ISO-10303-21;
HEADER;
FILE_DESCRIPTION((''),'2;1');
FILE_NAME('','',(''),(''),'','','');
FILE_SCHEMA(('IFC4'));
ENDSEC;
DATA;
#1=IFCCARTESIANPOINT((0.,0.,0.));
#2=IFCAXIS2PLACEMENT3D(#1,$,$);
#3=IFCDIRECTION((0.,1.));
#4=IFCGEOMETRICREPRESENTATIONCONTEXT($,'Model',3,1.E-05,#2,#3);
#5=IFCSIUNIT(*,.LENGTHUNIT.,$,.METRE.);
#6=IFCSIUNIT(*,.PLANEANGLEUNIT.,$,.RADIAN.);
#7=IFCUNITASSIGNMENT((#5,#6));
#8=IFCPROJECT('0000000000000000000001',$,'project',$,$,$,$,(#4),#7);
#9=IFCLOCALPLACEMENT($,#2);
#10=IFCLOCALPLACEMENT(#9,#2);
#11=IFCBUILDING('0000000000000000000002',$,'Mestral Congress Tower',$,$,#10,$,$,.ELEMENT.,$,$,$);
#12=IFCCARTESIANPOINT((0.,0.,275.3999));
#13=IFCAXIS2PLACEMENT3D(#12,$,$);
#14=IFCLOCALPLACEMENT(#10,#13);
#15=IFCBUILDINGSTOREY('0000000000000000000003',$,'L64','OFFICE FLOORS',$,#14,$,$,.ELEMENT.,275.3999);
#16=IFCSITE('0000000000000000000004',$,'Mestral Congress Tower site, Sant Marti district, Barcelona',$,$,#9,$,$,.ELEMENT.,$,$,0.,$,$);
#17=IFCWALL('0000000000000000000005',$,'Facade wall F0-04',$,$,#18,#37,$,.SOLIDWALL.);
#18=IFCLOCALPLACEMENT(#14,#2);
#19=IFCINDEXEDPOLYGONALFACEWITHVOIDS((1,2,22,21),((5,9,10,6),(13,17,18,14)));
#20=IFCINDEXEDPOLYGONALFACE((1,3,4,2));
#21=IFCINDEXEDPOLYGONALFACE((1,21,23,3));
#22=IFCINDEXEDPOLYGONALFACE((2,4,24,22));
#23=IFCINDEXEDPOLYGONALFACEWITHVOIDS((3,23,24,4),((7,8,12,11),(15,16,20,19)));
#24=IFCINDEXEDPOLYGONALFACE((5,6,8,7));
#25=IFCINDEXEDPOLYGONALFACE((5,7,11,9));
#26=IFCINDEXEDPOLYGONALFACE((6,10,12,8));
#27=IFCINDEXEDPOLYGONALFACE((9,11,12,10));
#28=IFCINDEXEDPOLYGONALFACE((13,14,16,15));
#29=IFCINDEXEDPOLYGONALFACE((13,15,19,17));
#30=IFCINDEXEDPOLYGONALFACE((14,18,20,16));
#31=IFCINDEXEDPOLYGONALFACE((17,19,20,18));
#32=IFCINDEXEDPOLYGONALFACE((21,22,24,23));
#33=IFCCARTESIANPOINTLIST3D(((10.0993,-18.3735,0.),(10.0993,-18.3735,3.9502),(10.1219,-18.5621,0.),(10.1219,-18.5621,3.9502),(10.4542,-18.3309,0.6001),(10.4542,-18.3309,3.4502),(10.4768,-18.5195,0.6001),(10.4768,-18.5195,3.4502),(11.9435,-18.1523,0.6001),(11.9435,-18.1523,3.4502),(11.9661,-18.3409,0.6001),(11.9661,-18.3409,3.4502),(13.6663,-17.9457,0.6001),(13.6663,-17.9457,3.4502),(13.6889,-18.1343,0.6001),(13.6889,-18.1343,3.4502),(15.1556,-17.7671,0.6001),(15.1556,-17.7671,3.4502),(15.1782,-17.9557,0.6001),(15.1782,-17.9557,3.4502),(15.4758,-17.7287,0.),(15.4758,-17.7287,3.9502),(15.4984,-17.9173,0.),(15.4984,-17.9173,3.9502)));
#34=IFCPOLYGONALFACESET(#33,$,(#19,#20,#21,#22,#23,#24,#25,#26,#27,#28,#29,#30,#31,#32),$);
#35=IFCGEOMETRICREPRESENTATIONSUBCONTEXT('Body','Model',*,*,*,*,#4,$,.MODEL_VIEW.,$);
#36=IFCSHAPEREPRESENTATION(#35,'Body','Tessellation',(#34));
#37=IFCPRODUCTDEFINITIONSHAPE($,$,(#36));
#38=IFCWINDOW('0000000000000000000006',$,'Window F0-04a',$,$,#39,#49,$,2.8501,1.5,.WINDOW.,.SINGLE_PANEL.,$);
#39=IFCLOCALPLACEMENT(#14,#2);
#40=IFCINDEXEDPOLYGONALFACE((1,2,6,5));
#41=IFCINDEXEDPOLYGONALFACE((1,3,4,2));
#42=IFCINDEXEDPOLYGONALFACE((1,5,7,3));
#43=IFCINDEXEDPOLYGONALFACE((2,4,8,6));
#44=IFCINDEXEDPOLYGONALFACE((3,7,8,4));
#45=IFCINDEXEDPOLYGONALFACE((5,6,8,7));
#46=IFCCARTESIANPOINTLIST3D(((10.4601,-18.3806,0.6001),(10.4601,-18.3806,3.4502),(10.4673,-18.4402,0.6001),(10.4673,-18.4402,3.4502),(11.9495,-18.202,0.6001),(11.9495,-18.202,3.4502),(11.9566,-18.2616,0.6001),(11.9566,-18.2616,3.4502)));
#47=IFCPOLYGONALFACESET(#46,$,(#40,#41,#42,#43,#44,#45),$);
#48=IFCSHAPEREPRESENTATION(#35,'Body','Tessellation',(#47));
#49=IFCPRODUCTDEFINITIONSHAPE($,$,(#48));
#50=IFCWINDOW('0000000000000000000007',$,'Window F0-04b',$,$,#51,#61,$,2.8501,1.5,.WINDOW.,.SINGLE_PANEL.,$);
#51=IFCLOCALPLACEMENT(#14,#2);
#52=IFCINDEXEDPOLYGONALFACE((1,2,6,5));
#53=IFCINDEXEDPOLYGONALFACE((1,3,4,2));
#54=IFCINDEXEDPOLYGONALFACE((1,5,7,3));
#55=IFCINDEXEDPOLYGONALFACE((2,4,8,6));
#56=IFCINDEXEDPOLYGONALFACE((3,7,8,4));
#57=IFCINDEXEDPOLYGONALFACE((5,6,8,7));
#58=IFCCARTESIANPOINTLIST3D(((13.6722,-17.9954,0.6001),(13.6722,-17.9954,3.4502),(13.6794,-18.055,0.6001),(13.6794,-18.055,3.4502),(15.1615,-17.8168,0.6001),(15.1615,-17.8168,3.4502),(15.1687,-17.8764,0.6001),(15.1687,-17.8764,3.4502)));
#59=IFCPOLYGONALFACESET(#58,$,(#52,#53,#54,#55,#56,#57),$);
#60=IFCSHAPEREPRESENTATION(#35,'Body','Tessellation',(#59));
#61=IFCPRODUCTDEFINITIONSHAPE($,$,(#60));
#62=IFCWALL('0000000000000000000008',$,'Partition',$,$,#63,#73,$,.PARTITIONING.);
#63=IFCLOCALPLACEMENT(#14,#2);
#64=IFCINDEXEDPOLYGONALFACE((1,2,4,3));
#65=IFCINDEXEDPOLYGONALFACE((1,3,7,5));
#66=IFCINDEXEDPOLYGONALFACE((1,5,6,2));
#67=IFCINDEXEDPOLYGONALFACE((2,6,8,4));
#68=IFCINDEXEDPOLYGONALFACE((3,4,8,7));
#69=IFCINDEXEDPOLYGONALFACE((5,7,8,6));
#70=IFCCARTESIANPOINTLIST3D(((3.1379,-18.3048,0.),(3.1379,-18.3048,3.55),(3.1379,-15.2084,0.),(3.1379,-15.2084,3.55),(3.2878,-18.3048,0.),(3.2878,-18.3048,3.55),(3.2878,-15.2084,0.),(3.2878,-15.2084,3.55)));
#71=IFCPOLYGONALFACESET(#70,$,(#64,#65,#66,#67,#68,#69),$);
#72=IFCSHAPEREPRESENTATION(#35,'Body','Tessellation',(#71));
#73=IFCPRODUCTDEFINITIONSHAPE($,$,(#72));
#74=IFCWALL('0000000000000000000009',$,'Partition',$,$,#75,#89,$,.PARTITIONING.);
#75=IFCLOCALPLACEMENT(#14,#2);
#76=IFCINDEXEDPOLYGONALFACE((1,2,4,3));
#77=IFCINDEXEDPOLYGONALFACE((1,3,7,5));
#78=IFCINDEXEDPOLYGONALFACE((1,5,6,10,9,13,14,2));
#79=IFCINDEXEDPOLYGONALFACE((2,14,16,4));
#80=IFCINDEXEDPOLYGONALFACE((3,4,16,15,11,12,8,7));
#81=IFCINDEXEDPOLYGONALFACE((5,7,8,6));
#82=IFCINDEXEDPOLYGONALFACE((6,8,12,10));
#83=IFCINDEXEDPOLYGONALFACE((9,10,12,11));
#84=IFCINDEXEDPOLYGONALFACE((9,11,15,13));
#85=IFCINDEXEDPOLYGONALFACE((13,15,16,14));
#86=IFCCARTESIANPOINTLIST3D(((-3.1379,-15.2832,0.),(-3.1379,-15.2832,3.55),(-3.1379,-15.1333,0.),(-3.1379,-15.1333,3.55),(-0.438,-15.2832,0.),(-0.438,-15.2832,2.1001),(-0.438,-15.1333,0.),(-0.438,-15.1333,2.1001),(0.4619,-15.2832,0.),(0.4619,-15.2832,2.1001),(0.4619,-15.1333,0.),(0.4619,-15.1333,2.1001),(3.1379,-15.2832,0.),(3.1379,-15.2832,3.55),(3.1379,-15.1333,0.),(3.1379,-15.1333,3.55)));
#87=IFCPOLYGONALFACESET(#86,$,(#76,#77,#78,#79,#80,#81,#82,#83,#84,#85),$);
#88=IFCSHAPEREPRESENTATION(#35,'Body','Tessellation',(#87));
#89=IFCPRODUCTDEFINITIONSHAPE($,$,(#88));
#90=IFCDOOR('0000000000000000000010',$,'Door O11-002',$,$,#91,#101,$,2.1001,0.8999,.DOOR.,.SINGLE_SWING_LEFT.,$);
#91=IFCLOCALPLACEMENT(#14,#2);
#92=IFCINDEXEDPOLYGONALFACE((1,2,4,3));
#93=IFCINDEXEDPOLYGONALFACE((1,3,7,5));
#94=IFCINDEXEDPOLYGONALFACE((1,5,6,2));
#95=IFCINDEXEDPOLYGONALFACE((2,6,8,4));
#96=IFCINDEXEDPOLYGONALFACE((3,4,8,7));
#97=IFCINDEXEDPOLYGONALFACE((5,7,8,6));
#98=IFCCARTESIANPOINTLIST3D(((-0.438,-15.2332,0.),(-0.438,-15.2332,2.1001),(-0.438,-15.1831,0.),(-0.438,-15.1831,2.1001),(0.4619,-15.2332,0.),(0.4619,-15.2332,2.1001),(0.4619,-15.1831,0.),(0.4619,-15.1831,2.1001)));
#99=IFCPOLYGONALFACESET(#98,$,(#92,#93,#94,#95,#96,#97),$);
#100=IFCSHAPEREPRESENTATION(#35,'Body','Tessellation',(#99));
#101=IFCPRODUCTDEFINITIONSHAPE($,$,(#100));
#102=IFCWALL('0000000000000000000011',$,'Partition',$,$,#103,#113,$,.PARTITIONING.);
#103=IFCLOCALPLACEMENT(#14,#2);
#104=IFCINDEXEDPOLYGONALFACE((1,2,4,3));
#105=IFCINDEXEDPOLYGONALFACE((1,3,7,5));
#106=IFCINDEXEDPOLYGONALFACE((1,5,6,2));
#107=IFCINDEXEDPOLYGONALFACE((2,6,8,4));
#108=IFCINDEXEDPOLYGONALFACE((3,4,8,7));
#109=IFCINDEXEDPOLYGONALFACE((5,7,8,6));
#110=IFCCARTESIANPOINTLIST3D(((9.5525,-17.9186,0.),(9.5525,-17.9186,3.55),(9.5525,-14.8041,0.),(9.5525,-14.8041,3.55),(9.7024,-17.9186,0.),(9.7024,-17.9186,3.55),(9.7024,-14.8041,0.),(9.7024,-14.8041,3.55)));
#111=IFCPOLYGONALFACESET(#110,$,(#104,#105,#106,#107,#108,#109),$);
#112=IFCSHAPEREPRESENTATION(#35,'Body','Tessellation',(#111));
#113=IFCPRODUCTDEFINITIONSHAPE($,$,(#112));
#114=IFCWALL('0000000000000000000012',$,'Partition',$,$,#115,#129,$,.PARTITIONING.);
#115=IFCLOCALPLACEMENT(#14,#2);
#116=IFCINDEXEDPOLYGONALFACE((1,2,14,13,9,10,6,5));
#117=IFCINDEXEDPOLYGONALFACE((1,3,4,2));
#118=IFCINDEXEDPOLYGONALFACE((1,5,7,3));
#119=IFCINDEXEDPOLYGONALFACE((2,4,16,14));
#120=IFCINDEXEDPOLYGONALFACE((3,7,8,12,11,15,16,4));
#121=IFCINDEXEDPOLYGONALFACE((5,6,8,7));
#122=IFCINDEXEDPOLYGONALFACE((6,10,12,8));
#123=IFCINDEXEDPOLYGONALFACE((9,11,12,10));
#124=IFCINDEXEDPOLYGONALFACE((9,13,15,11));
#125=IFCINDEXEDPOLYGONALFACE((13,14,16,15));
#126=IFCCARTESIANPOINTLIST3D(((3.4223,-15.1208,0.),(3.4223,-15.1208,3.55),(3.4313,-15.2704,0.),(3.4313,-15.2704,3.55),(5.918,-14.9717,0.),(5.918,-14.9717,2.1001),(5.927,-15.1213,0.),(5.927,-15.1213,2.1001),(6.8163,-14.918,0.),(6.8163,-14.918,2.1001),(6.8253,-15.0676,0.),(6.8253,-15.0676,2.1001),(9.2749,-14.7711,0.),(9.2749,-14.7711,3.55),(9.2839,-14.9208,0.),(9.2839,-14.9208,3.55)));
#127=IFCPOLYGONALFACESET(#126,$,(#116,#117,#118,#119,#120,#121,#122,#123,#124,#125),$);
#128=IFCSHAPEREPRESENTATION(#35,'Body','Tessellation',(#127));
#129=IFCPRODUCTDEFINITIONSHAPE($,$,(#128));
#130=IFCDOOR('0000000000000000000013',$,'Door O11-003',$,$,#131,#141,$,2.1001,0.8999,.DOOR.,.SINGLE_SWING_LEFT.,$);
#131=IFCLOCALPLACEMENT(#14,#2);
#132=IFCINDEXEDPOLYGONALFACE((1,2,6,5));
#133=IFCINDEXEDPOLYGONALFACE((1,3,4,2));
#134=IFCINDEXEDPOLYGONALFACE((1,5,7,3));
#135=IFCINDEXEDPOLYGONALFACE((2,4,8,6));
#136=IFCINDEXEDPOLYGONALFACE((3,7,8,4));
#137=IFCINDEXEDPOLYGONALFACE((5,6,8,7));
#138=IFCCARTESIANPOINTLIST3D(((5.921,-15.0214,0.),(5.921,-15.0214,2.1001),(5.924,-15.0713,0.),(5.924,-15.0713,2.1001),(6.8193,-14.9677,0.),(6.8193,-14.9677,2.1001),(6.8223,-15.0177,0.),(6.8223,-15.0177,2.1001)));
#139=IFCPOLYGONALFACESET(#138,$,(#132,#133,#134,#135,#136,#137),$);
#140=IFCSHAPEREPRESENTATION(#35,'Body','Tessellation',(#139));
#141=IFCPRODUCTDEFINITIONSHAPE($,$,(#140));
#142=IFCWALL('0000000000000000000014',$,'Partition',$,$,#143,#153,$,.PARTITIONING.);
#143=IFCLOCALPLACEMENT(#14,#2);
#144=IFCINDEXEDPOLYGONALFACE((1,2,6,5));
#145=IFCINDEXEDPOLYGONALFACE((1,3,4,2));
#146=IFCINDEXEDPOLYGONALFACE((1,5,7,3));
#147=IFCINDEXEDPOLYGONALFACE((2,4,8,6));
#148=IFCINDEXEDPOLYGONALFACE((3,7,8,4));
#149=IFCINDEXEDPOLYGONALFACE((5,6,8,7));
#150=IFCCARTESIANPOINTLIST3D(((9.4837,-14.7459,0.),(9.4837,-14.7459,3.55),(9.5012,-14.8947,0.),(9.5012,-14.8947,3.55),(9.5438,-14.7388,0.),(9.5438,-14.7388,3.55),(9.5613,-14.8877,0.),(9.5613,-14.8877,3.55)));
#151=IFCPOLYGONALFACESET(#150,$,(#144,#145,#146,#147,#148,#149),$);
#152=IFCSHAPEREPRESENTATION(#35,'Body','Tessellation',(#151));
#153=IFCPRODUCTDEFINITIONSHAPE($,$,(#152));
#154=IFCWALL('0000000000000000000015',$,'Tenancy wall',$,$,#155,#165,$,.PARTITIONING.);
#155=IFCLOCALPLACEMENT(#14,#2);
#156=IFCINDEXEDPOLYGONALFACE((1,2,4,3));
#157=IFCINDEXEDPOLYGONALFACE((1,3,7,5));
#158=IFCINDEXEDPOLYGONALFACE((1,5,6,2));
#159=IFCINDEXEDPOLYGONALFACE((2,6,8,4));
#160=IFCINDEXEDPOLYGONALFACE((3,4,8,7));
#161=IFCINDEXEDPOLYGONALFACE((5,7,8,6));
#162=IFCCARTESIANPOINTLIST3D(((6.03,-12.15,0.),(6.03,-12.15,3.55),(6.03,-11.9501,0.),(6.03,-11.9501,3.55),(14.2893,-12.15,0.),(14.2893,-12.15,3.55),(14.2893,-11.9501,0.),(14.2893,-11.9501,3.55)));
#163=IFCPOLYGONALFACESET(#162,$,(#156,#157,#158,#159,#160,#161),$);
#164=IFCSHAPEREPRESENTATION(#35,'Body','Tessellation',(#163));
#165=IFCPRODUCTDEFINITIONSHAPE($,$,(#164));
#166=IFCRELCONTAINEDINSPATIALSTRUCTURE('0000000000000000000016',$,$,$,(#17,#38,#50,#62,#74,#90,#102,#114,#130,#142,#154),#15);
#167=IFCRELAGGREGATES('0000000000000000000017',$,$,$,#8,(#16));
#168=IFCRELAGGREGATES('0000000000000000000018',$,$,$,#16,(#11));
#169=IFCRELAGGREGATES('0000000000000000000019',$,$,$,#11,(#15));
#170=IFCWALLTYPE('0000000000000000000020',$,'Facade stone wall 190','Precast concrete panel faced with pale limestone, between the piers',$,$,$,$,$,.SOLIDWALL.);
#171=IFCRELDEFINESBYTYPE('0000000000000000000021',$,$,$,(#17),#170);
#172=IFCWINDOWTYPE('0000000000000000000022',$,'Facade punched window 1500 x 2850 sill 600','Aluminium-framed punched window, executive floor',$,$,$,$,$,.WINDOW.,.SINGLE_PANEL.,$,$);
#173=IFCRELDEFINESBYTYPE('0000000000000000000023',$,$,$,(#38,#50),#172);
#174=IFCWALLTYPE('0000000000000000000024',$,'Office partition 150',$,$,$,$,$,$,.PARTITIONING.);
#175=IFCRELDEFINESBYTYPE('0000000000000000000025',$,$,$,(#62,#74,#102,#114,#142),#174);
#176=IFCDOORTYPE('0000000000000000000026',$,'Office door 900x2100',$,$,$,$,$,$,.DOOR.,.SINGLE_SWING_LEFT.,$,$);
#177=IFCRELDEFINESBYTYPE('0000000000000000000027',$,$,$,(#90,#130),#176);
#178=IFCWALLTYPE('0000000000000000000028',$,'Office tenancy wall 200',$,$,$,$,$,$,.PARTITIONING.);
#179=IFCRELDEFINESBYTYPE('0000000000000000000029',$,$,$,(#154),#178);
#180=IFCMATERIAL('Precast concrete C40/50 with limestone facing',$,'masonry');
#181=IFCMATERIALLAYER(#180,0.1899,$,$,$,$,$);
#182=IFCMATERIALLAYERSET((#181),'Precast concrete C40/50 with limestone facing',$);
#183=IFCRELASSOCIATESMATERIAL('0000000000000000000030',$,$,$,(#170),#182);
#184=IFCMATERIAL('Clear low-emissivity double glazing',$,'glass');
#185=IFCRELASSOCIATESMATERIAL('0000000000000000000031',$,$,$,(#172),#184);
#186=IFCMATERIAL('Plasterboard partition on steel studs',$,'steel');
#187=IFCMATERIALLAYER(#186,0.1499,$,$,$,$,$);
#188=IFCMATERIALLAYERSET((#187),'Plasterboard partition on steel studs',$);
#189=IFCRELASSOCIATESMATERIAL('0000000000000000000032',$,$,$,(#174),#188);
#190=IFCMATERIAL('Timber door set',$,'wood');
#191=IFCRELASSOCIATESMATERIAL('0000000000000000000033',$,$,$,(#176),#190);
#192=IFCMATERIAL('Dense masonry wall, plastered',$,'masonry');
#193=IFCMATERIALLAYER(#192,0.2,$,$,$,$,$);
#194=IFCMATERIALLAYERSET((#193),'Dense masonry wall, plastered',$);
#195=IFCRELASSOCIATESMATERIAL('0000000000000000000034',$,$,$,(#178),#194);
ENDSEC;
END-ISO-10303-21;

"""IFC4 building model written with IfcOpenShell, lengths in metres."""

from ifc_helpers import new_model, si_unit, direction, frame, frame_2d, origin, place, context, subcontext, project, spatial, rectangle, extrude, material, layer, layer_set, type_object, element, fill, save


model = new_model("IFC4")

# Units and contexts
model_context = context("Model", 3, precision=1e-05, world=origin(), true_north=direction((0.0, 1.0)))
body_context = subcontext(model_context, "Body", "Model", "MODEL_VIEW")
ifc_project = project(units=[si_unit("LENGTHUNIT", "METRE"), si_unit("PLANEANGLEUNIT", "RADIAN")], contexts=[model_context])

# Site, building, storey
site_placement = place(None, origin())
site = spatial("IfcSite", under=ifc_project, at=site_placement, Name="Mestral Congress Tower site, Sant Marti district, Barcelona", CompositionType="ELEMENT", RefElevation=0.0)
building_placement = place(site_placement, origin())
building = spatial("IfcBuilding", under=site, at=building_placement, Name="Mestral Congress Tower", CompositionType="ELEMENT")
storey_placement = place(building_placement, frame((0.0, 0.0, 275.3999)))
storey = spatial("IfcBuildingStorey", under=building, at=storey_placement, Name="L64", Description="OFFICE FLOORS", CompositionType="ELEMENT", Elevation=275.3999)

# Wall, openings, windows
ifc_material_1 = material(Name="Precast concrete C40/50 with limestone facing", Category="masonry")
ifc_layer_1 = layer(ifc_material_1, 0.1899)
ifc_layer_set_1 = layer_set([ifc_layer_1], Name="Precast concrete C40/50 with limestone facing")
wall_type_1 = type_object("IfcWallType", Name="Facade stone wall 190", Description="Precast concrete panel faced with pale limestone, between the piers", PredefinedType="SOLIDWALL", material=ifc_layer_set_1)
ifc_material_2 = material(Name="Clear low-emissivity double glazing", Category="glass")
window_type = type_object("IfcWindowType", Name="Facade punched window 1500 x 2850 sill 600", Description="Aluminium-framed punched window, executive floor", PartitioningType="SINGLE_PANEL", PredefinedType="WINDOW", material=ifc_material_2)
wall_1_placement = place(storey_placement, frame((10.1106, -18.4678, 0.0), z_axis=(0.0, 0.0, 1.0), x_axis=(0.992886, 0.119072, 0.0)))
wall_1 = element("IfcWall", 1, at=wall_1_placement, inside=storey, type_object=wall_type_1, Name="Facade wall F0-04", PredefinedType="SOLIDWALL", context=body_context, shape_type="SweptSolid", body=[
    extrude(rectangle(XDim=5.415, YDim=0.1899, at=frame_2d((2.7075, 0.0))), origin(), (0.0, 0.0, 1.0), 3.9502),
])
opening_1_placement = place(wall_1_placement, frame((0.3574, 0.0, 0.6001)))
opening_1 = element("IfcOpeningElement", 2, at=opening_1_placement, cuts=wall_1, PredefinedType="OPENING", context=body_context, shape_type="SweptSolid", body=[
    extrude(rectangle(XDim=1.5, YDim=2.8501, at=frame_2d((0.75, 1.425))), frame((0.0, 0.105, 0.0), z_axis=(0.0, -1.0, 0.0), x_axis=(1.0, 0.0, 0.0)), (0.0, 0.0, 1.0), 0.21),
])
opening_2_placement = place(wall_1_placement, frame((3.5925, 0.0, 0.6001)))
opening_2 = element("IfcOpeningElement", 3, at=opening_2_placement, cuts=wall_1, PredefinedType="OPENING", context=body_context, shape_type="SweptSolid", body=[
    extrude(rectangle(XDim=1.5, YDim=2.8501, at=frame_2d((0.75, 1.425))), frame((0.0, 0.105, 0.0), z_axis=(0.0, -1.0, 0.0), x_axis=(1.0, 0.0, 0.0)), (0.0, 0.0, 1.0), 0.21),
])
window_1_placement = place(opening_1_placement, origin())
window_1 = element("IfcWindow", 4, at=window_1_placement, inside=storey, type_object=window_type, Name="Window F0-04a", OverallHeight=2.8501, OverallWidth=1.5, PartitioningType="SINGLE_PANEL", PredefinedType="WINDOW", context=body_context, shape_type="SweptSolid", body=[
    extrude(rectangle(XDim=1.5, YDim=2.8501, at=frame_2d((0.75, 1.425))), frame((0.0, 0.0449, 0.0), z_axis=(0.0, -1.0, 0.0), x_axis=(1.0, 0.0, 0.0)), (0.0, 0.0, 1.0), 0.0601),
])
fill(opening_1, window_1)
window_2_placement = place(opening_2_placement, origin())
window_2 = element("IfcWindow", 5, at=window_2_placement, inside=storey, type_object=window_type, Name="Window F0-04b", OverallHeight=2.8501, OverallWidth=1.5, PartitioningType="SINGLE_PANEL", PredefinedType="WINDOW", context=body_context, shape_type="SweptSolid", body=[
    extrude(rectangle(XDim=1.5, YDim=2.8501, at=frame_2d((0.75, 1.425))), frame((0.0, 0.0449, 0.0), z_axis=(0.0, -1.0, 0.0), x_axis=(1.0, 0.0, 0.0)), (0.0, 0.0, 1.0), 0.0601),
])
fill(opening_2, window_2)

# Wall
ifc_material_3 = material(Name="Plasterboard partition on steel studs", Category="steel")
ifc_layer_2 = layer(ifc_material_3, 0.1499)
ifc_layer_set_2 = layer_set([ifc_layer_2], Name="Plasterboard partition on steel studs")
wall_type_2 = type_object("IfcWallType", Name="Office partition 150", PredefinedType="PARTITIONING", material=ifc_layer_set_2)
wall_2_placement = place(storey_placement, frame((3.2129, -15.2083, 0.0), z_axis=(0.0, 0.0, 1.0), x_axis=(0.0, -1.0, 0.0)))
element("IfcWall", 6, at=wall_2_placement, inside=storey, type_object=wall_type_2, Name="Partition", PredefinedType="PARTITIONING", context=body_context, shape_type="SweptSolid", body=[
    extrude(rectangle(XDim=3.0964, YDim=0.1499, at=frame_2d((1.5483, 0.0))), origin(), (0.0, 0.0, 1.0), 3.55),
])

# Wall, opening, door
wall_3_placement = place(storey_placement, frame((3.1379, -15.2083, 0.0), z_axis=(0.0, 0.0, 1.0), x_axis=(-1.0, 0.0, 0.0)))
wall_3 = element("IfcWall", 7, at=wall_3_placement, inside=storey, type_object=wall_type_2, Name="Partition", PredefinedType="PARTITIONING", context=body_context, shape_type="SweptSolid", body=[
    extrude(rectangle(XDim=6.2759, YDim=0.1499, at=frame_2d((3.1379, 0.0))), origin(), (0.0, 0.0, 1.0), 3.55),
])
opening_3_placement = place(wall_3_placement, frame((2.676, 0.0, 0.0)))
opening_3 = element("IfcOpeningElement", 8, at=opening_3_placement, cuts=wall_3, PredefinedType="OPENING", context=body_context, shape_type="SweptSolid", body=[
    extrude(rectangle(XDim=0.8999, YDim=2.1001, at=frame_2d((0.45, 1.05))), frame((0.0, 0.085, 0.0), z_axis=(0.0, -1.0, 0.0), x_axis=(1.0, 0.0, 0.0)), (0.0, 0.0, 1.0), 0.1699),
])
ifc_material_4 = material(Name="Timber door set", Category="wood")
door_type = type_object("IfcDoorType", Name="Office door 900x2100", OperationType="SINGLE_SWING_LEFT", PredefinedType="DOOR", material=ifc_material_4)
door_1_placement = place(opening_3_placement, origin())
door_1 = element("IfcDoor", 9, at=door_1_placement, inside=storey, type_object=door_type, Name="Door O11-002", OperationType="SINGLE_SWING_LEFT", OverallHeight=2.1001, OverallWidth=0.8999, PredefinedType="DOOR", context=body_context, shape_type="SweptSolid", body=[
    extrude(rectangle(XDim=0.8999, YDim=2.1001, at=frame_2d((0.45, 1.05))), frame((0.0, 0.0249, 0.0), z_axis=(0.0, -1.0, 0.0), x_axis=(1.0, 0.0, 0.0)), (0.0, 0.0, 1.0), 0.05),
])
fill(opening_3, door_1)

# Wall
wall_4_placement = place(storey_placement, frame((9.6274, -14.8042, 0.0), z_axis=(0.0, 0.0, 1.0), x_axis=(0.0, -1.0, 0.0)))
element("IfcWall", 10, at=wall_4_placement, inside=storey, type_object=wall_type_2, Name="Partition", PredefinedType="PARTITIONING", context=body_context, shape_type="SweptSolid", body=[
    extrude(rectangle(XDim=3.1145, YDim=0.1499, at=frame_2d((1.5571, 0.0))), origin(), (0.0, 0.0, 1.0), 3.55),
])

# Wall, opening, door
wall_5_placement = place(storey_placement, frame((9.2795, -14.8459, 0.0), z_axis=(0.0, 0.0, 1.0), x_axis=(-0.998221, -0.05963, 0.0)))
wall_5 = element("IfcWall", 11, at=wall_5_placement, inside=storey, type_object=wall_type_2, Name="Partition", PredefinedType="PARTITIONING", context=body_context, shape_type="SweptSolid", body=[
    extrude(rectangle(XDim=5.863, YDim=0.1499, at=frame_2d((2.9316, 0.0))), origin(), (0.0, 0.0, 1.0), 3.55),
])
opening_4_placement = place(wall_5_placement, frame((2.4631, 0.0, 0.0)))
opening_4 = element("IfcOpeningElement", 12, at=opening_4_placement, cuts=wall_5, PredefinedType="OPENING", context=body_context, shape_type="SweptSolid", body=[
    extrude(rectangle(XDim=0.8999, YDim=2.1001, at=frame_2d((0.45, 1.05))), frame((0.0, 0.085, 0.0), z_axis=(0.0, -1.0, 0.0), x_axis=(1.0, 0.0, 0.0)), (0.0, 0.0, 1.0), 0.1699),
])
door_2_placement = place(opening_4_placement, origin())
door_2 = element("IfcDoor", 13, at=door_2_placement, inside=storey, type_object=door_type, Name="Door O11-003", OperationType="SINGLE_SWING_LEFT", OverallHeight=2.1001, OverallWidth=0.8999, PredefinedType="DOOR", context=body_context, shape_type="SweptSolid", body=[
    extrude(rectangle(XDim=0.8999, YDim=2.1001, at=frame_2d((0.45, 1.05))), frame((0.0, 0.0249, 0.0), z_axis=(0.0, -1.0, 0.0), x_axis=(1.0, 0.0, 0.0)), (0.0, 0.0, 1.0), 0.05),
])
fill(opening_4, door_2)

# Walls
wall_6_placement = place(storey_placement, frame((9.4924, -14.8203, 0.0), z_axis=(0.0, 0.0, 1.0), x_axis=(0.993123, 0.117075, 0.0)))
element("IfcWall", 14, at=wall_6_placement, inside=storey, type_object=wall_type_2, Name="Partition", PredefinedType="PARTITIONING", context=body_context, shape_type="SweptSolid", body=[
    extrude(rectangle(XDim=0.0605, YDim=0.1499, at=frame_2d((0.0303, 0.0))), origin(), (0.0, 0.0, 1.0), 3.55),
])
ifc_material_5 = material(Name="Dense masonry wall, plastered", Category="masonry")
ifc_layer_3 = layer(ifc_material_5, 0.2)
ifc_layer_set_3 = layer_set([ifc_layer_3], Name="Dense masonry wall, plastered")
wall_type_3 = type_object("IfcWallType", Name="Office tenancy wall 200", PredefinedType="PARTITIONING", material=ifc_layer_set_3)
wall_7_placement = place(storey_placement, frame((6.03, -12.05, 0.0), z_axis=(0.0, 0.0, 1.0), x_axis=(1.0, 0.0, 0.0)))
element("IfcWall", 15, at=wall_7_placement, inside=storey, type_object=wall_type_3, Name="Tenancy wall", PredefinedType="PARTITIONING", context=body_context, shape_type="SweptSolid", body=[
    extrude(rectangle(XDim=8.2593, YDim=0.2, at=frame_2d((4.1296, 0.0))), origin(), (0.0, 0.0, 1.0), 3.55),
])

save(model, "model.ifc")
